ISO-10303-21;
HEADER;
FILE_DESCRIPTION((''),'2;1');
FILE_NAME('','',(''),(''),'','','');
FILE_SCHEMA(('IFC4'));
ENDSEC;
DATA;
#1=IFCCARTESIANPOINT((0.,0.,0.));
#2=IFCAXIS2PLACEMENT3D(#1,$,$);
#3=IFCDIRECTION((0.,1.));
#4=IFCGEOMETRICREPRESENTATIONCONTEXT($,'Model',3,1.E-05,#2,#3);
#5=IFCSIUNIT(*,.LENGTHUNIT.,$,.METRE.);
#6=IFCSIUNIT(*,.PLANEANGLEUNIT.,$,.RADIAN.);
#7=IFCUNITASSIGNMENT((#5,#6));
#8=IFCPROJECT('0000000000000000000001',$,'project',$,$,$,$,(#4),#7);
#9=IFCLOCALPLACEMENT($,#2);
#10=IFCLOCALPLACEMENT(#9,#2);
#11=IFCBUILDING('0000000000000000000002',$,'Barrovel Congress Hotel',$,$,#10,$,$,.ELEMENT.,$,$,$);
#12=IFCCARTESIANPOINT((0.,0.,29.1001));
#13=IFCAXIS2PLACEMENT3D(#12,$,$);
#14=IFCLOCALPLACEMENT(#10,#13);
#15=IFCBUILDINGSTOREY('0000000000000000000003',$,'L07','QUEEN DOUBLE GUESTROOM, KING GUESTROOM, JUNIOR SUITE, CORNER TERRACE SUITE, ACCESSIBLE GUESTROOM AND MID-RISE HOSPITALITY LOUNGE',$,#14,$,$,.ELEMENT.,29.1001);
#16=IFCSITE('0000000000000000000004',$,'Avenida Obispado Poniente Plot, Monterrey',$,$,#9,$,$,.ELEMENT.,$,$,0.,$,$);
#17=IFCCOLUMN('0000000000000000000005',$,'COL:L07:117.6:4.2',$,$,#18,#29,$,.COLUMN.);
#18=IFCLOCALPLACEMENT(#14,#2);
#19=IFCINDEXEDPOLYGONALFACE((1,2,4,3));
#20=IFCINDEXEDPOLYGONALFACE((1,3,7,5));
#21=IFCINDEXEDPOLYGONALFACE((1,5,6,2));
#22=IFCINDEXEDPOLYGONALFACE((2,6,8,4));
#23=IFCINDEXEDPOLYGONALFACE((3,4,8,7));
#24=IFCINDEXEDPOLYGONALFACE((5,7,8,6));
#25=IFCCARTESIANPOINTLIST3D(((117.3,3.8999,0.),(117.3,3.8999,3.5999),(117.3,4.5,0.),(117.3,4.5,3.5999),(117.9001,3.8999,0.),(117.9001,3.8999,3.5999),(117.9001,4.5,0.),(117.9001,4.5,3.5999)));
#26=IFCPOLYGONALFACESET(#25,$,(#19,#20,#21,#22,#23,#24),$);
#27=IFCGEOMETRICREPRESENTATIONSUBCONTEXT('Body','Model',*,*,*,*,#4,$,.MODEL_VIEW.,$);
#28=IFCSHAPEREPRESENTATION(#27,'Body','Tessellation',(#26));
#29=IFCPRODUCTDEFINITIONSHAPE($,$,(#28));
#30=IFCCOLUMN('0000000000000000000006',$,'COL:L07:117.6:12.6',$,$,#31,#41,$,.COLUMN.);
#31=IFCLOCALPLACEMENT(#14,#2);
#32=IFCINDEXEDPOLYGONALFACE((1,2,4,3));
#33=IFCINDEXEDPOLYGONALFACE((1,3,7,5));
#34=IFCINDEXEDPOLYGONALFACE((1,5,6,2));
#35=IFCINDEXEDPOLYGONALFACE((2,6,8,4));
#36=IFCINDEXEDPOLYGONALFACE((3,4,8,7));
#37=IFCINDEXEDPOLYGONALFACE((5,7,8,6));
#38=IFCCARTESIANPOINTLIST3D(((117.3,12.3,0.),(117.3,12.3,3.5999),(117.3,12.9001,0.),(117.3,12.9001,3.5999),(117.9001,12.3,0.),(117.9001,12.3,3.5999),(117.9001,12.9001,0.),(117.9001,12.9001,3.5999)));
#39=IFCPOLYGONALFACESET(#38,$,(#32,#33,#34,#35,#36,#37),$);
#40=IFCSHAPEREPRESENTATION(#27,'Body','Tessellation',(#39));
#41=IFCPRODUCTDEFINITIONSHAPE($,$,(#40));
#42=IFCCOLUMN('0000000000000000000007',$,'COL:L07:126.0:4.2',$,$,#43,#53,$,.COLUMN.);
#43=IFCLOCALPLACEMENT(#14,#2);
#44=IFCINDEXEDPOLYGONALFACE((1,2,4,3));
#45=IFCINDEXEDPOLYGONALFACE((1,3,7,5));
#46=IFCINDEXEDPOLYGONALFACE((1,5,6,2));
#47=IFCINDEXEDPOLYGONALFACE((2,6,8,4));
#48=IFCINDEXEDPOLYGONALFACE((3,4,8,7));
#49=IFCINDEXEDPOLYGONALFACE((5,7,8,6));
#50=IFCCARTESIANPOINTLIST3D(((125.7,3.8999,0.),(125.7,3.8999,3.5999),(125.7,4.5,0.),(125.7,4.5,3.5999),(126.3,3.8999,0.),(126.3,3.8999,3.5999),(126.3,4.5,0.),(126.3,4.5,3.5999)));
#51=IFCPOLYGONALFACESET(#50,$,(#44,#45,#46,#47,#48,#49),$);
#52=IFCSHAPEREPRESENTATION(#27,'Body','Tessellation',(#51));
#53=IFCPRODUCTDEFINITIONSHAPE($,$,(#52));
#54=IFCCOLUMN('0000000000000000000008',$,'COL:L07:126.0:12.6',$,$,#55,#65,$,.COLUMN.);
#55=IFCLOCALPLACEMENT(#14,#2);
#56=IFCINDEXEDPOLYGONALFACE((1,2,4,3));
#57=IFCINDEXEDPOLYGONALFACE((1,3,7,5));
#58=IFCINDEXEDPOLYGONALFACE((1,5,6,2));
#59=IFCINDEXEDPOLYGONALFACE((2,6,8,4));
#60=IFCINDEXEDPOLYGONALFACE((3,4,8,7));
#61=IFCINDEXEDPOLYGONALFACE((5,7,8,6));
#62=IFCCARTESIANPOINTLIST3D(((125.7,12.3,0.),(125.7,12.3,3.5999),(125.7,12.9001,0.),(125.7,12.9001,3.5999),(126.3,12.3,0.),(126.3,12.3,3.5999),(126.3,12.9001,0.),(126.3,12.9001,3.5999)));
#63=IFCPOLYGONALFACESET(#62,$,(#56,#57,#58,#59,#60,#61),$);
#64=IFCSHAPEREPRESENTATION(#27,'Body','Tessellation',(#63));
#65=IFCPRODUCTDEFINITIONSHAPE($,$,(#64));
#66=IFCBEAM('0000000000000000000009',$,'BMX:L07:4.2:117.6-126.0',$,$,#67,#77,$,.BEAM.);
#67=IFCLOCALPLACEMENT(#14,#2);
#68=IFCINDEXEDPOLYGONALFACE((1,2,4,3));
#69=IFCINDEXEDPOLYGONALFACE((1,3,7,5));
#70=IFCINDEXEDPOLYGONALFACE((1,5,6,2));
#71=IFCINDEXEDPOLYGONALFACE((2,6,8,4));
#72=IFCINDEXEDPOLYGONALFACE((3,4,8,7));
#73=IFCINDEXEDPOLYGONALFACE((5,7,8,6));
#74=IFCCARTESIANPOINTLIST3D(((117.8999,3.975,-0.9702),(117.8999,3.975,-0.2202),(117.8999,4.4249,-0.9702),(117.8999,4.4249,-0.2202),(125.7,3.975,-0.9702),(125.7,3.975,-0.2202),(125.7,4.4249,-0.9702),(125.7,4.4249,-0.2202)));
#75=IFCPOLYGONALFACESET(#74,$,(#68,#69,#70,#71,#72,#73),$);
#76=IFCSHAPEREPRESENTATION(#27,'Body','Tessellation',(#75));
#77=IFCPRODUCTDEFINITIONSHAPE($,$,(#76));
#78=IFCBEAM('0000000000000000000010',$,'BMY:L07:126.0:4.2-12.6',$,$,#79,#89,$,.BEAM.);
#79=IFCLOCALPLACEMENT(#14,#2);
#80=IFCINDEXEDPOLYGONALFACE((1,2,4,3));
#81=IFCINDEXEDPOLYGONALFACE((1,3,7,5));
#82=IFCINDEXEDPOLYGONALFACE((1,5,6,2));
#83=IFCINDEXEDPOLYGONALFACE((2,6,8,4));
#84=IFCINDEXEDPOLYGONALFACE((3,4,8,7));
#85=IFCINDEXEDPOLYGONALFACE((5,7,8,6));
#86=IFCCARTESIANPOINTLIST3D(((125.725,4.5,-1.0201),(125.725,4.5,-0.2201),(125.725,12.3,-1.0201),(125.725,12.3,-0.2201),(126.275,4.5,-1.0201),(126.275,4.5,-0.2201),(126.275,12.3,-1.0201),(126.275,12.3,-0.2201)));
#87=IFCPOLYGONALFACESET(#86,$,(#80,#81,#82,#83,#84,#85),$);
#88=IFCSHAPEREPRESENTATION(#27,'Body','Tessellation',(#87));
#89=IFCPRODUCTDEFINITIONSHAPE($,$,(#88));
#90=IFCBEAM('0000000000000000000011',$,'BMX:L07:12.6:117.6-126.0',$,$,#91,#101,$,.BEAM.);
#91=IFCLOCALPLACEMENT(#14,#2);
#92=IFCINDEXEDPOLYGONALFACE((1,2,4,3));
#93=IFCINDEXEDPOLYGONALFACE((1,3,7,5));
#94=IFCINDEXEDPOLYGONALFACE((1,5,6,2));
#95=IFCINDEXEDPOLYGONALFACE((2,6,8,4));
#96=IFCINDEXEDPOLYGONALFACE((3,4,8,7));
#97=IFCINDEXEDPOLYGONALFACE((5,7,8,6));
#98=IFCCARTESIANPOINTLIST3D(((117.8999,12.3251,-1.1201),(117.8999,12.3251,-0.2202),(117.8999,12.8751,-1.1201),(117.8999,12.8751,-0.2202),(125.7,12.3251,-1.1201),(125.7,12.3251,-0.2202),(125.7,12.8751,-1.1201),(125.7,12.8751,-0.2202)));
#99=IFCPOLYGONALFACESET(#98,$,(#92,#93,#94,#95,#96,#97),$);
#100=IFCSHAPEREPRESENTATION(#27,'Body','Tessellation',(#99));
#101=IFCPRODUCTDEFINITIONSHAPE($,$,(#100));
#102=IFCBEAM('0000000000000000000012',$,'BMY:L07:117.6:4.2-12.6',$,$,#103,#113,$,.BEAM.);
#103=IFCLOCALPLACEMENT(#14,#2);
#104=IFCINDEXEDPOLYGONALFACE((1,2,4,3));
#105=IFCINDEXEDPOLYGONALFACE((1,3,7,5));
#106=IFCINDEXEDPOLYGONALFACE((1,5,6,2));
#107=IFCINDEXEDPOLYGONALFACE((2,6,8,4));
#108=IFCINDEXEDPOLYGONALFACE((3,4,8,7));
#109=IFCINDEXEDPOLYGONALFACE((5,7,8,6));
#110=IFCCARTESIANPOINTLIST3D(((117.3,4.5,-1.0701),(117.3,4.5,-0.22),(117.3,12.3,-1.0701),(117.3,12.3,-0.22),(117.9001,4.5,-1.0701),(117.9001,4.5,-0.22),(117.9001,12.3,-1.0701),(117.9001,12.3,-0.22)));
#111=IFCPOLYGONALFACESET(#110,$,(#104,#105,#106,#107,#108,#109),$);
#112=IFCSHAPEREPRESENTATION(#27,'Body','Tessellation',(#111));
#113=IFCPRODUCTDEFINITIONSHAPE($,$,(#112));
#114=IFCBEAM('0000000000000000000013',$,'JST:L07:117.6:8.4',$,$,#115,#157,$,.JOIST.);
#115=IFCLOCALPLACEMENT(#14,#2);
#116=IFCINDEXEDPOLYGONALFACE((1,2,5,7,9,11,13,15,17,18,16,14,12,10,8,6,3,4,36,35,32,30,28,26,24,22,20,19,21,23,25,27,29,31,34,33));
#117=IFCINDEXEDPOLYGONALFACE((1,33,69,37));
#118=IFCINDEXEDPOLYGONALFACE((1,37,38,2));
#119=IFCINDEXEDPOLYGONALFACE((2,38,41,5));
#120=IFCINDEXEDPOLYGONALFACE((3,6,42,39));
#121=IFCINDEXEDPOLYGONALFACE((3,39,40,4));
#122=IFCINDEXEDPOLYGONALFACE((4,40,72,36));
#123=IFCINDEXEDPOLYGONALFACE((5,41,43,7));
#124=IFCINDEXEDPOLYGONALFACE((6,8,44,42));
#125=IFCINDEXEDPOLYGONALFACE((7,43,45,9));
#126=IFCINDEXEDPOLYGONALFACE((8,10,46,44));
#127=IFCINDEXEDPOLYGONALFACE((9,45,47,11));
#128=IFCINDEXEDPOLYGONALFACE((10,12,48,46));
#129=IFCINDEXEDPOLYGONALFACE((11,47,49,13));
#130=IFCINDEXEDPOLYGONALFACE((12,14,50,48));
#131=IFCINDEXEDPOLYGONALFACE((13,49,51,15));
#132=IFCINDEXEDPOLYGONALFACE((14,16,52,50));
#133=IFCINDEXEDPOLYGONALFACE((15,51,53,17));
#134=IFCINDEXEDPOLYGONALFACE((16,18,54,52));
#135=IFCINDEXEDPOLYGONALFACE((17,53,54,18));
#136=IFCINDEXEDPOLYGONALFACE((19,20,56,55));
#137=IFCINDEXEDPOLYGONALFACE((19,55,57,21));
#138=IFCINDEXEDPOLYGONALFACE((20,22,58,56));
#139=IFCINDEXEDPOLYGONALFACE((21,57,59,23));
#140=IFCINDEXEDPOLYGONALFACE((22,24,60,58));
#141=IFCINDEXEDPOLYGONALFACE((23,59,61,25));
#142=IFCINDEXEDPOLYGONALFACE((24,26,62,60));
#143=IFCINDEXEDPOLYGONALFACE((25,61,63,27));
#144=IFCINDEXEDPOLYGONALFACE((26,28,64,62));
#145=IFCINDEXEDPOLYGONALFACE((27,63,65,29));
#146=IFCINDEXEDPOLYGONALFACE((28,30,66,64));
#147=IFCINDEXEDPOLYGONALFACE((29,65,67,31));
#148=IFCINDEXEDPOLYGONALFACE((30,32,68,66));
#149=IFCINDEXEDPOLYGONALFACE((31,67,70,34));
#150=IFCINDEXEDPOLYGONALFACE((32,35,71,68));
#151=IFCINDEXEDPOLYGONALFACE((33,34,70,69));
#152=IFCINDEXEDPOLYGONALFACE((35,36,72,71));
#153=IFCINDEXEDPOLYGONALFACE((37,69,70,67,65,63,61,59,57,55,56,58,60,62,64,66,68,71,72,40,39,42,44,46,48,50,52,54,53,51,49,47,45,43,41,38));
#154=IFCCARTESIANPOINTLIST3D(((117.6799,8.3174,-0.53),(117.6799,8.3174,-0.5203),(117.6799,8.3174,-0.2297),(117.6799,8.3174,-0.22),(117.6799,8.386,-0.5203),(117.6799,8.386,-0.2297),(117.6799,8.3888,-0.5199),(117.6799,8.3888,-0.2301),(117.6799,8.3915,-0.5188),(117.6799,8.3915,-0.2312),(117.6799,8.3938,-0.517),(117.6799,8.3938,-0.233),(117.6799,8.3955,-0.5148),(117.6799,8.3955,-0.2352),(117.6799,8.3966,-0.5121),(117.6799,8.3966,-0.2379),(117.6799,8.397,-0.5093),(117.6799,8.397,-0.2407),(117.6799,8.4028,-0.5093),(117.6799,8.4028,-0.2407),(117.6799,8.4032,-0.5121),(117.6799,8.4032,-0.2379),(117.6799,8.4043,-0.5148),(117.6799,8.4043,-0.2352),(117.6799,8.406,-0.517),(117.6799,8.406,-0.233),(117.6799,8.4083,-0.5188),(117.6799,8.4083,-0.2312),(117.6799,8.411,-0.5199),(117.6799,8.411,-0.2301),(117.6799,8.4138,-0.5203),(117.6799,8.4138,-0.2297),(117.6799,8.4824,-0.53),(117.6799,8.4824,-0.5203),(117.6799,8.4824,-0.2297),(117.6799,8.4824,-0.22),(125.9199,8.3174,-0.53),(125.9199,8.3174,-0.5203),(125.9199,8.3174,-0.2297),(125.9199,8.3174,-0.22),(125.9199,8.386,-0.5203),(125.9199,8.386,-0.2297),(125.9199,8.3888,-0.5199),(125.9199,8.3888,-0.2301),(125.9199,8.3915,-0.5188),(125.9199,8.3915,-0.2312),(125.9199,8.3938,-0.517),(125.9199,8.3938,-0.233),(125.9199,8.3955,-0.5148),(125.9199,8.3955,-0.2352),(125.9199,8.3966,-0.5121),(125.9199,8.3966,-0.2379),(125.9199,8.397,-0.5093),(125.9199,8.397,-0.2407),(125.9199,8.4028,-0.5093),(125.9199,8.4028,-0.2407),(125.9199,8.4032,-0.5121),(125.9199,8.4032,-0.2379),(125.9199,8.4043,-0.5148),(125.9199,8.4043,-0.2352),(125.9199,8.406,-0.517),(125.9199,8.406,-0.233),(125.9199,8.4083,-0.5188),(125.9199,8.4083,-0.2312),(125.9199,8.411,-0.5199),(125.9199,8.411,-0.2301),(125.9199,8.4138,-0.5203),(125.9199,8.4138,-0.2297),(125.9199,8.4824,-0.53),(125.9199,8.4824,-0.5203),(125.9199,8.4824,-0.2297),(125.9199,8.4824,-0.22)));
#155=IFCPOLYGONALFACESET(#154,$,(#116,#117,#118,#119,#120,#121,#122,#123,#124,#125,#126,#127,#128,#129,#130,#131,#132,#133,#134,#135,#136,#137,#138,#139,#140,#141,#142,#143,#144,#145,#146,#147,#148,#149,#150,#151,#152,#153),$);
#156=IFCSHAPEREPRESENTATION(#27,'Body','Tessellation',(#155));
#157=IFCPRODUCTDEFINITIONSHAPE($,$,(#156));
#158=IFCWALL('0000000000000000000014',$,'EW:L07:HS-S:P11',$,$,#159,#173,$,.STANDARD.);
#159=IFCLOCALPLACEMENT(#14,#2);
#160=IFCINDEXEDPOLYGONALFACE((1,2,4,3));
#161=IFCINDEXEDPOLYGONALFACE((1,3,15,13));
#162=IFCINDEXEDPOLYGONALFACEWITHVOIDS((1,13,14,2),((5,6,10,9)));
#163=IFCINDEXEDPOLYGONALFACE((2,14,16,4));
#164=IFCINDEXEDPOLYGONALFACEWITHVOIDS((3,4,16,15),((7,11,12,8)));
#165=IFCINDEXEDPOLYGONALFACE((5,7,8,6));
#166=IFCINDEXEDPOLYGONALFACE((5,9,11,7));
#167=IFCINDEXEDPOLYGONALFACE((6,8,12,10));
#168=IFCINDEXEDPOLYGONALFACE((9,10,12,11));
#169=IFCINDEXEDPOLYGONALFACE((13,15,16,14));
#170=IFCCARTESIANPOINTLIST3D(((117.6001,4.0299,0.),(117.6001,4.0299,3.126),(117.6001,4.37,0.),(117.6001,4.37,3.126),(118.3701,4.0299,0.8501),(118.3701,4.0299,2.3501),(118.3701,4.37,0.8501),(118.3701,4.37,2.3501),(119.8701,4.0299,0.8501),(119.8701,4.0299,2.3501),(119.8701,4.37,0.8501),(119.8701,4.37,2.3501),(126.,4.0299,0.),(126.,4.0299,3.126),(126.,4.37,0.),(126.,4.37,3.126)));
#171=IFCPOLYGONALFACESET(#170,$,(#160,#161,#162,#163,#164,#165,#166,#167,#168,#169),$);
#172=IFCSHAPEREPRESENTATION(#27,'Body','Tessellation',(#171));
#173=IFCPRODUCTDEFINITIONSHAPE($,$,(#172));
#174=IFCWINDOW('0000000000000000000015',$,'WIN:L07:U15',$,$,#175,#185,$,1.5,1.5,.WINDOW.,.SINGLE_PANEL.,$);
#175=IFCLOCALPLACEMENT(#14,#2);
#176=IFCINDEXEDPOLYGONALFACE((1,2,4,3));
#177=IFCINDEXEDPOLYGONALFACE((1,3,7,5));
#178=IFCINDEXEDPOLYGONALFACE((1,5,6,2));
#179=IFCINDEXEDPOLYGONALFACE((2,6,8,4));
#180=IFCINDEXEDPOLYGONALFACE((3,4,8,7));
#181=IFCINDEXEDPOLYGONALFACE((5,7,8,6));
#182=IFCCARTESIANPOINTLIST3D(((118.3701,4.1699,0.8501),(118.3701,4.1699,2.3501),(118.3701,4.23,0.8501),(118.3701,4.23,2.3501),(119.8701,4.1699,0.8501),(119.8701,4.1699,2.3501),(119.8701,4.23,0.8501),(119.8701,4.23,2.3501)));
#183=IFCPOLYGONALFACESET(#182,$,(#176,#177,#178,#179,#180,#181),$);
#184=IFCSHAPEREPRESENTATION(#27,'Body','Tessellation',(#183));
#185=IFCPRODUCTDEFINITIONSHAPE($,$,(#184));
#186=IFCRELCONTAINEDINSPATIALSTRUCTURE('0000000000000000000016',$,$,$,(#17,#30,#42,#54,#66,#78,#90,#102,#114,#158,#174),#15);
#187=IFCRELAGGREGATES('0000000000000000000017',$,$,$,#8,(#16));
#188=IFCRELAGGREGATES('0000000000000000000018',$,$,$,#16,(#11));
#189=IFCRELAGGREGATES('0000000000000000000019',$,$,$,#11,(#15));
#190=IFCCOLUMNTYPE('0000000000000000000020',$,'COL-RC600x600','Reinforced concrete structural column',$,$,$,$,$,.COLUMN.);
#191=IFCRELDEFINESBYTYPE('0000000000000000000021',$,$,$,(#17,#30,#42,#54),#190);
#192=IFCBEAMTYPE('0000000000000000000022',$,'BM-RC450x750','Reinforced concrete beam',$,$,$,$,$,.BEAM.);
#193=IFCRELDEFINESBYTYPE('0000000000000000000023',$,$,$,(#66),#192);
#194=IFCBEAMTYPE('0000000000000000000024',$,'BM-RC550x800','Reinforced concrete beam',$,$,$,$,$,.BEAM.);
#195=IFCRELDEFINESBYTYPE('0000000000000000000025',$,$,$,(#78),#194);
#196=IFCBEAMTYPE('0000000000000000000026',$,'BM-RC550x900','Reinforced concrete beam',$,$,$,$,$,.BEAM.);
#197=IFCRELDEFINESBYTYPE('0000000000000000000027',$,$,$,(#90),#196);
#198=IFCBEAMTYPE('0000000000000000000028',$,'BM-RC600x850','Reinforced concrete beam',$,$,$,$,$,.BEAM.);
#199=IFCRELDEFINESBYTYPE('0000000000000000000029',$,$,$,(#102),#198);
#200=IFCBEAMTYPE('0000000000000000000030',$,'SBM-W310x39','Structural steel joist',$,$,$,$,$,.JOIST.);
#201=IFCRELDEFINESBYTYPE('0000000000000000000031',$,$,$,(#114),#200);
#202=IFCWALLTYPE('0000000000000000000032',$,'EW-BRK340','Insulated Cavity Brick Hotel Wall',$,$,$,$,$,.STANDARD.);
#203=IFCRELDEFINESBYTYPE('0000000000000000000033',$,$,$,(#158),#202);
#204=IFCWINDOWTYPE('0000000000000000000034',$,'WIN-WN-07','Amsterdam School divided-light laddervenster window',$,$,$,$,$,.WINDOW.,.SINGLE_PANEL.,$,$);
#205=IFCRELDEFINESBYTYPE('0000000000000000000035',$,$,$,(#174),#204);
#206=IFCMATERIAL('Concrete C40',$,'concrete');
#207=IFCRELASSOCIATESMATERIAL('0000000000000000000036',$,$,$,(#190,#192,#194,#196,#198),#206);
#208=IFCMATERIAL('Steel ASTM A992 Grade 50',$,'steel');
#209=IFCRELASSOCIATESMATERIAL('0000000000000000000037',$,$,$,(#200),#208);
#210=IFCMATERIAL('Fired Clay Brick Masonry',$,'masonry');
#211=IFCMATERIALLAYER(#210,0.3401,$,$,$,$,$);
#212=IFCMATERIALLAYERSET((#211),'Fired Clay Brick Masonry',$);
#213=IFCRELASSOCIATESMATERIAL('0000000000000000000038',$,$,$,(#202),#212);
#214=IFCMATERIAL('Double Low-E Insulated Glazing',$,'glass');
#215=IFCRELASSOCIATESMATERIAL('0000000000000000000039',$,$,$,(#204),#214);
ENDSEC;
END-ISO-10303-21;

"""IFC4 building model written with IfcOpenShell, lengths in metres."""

from ifc_helpers import new_model, si_unit, direction, frame, frame_2d, origin, origin_2d, place, context, subcontext, project, spatial, rectangle, i_section, extrude, material, layer, layer_set, material_profile, profile_set, type_object, element, fill, save


model = new_model("IFC4")

# Units and contexts
model_context = context("Model", 3, precision=1e-05, world=origin(), true_north=direction((0.0, 1.0)))
body_context = subcontext(model_context, "Body", "Model", "MODEL_VIEW")
ifc_project = project(units=[si_unit("LENGTHUNIT", "METRE"), si_unit("PLANEANGLEUNIT", "RADIAN")], contexts=[model_context])

# Site, building, storey
site_placement = place(None, origin())
site = spatial("IfcSite", under=ifc_project, at=site_placement, Name="Avenida Obispado Poniente Plot, Monterrey", CompositionType="ELEMENT", RefElevation=0.0)
building_placement = place(site_placement, origin())
building = spatial("IfcBuilding", under=site, at=building_placement, Name="Barrovel Congress Hotel", CompositionType="ELEMENT")
storey_placement = place(building_placement, frame((0.0, 0.0, 29.1001)))
storey = spatial("IfcBuildingStorey", under=building, at=storey_placement, Name="L07", Description="QUEEN DOUBLE GUESTROOM, KING GUESTROOM, JUNIOR SUITE, CORNER TERRACE SUITE, ACCESSIBLE GUESTROOM AND MID-RISE HOSPITALITY LOUNGE", CompositionType="ELEMENT", Elevation=29.1001)

# Columns
ifc_material_1 = material(Name="Concrete C40", Category="concrete")
ifc_material_profile_1 = material_profile(ifc_material_1, rectangle(XDim=0.6001, YDim=0.6001, at=origin_2d()), Name="RC600x600")
ifc_profile_set_1 = profile_set([ifc_material_profile_1], Name="Concrete C40")
column_type = type_object("IfcColumnType", Name="COL-RC600x600", Description="Reinforced concrete structural column", PredefinedType="COLUMN", material=ifc_profile_set_1)
for number, where, z_axis, x_axis, name in (
    (1, (117.6001, 4.2, 0.0), (0.0, 0.0, 1.0), (1.0, 0.0, 0.0), "COL:L07:117.6:4.2"),
    (2, (117.6001, 12.6001, 0.0), (0.0, 0.0, 1.0), (1.0, 0.0, 0.0), "COL:L07:117.6:12.6"),
    (3, (126.0, 4.2, 0.0), (0.0, 0.0, 1.0), (1.0, 0.0, 0.0), "COL:L07:126.0:4.2"),
    (4, (126.0, 12.6001, 0.0), (0.0, 0.0, 1.0), (1.0, 0.0, 0.0), "COL:L07:126.0:12.6"),
):
    element("IfcColumn", number, at=place(storey_placement, frame(where, z_axis=z_axis, x_axis=x_axis)), inside=storey, type_object=column_type, Name=name, PredefinedType="COLUMN", context=body_context, shape_type="SweptSolid", body=[
        extrude(rectangle(XDim=0.6001, YDim=0.6001, at=origin_2d()), origin(), (0.0, 0.0, 1.0), 3.5999),
    ])

# Beams
ifc_material_profile_2 = material_profile(ifc_material_1, rectangle(XDim=0.45, YDim=0.75, at=origin_2d()), Name="RC450x750")
ifc_profile_set_2 = profile_set([ifc_material_profile_2], Name="Concrete C40")
beam_type_1 = type_object("IfcBeamType", Name="BM-RC450x750", Description="Reinforced concrete beam", PredefinedType="BEAM", material=ifc_profile_set_2)
beam_1_placement = place(storey_placement, frame((117.8999, 4.2, -0.5952), z_axis=(1.0, 0.0, 0.0), x_axis=(0.0, 1.0, 0.0)))
element("IfcBeam", 5, at=beam_1_placement, inside=storey, type_object=beam_type_1, Name="BMX:L07:4.2:117.6-126.0", PredefinedType="BEAM", context=body_context, shape_type="SweptSolid", body=[
    extrude(rectangle(XDim=0.45, YDim=0.75, at=origin_2d()), origin(), (0.0, 0.0, 1.0), 7.8),
])
ifc_material_profile_3 = material_profile(ifc_material_1, rectangle(XDim=0.55, YDim=0.8, at=origin_2d()), Name="RC550x800")
ifc_profile_set_3 = profile_set([ifc_material_profile_3], Name="Concrete C40")
beam_type_2 = type_object("IfcBeamType", Name="BM-RC550x800", Description="Reinforced concrete beam", PredefinedType="BEAM", material=ifc_profile_set_3)
beam_2_placement = place(storey_placement, frame((126.0, 4.5, -0.6201), z_axis=(0.0, 1.0, 0.0), x_axis=(-1.0, 0.0, 0.0)))
element("IfcBeam", 6, at=beam_2_placement, inside=storey, type_object=beam_type_2, Name="BMY:L07:126.0:4.2-12.6", PredefinedType="BEAM", context=body_context, shape_type="SweptSolid", body=[
    extrude(rectangle(XDim=0.55, YDim=0.8, at=origin_2d()), origin(), (0.0, 0.0, 1.0), 7.8),
])
ifc_material_profile_4 = material_profile(ifc_material_1, rectangle(XDim=0.55, YDim=0.8999, at=origin_2d()), Name="RC550x900")
ifc_profile_set_4 = profile_set([ifc_material_profile_4], Name="Concrete C40")
beam_type_3 = type_object("IfcBeamType", Name="BM-RC550x900", Description="Reinforced concrete beam", PredefinedType="BEAM", material=ifc_profile_set_4)
beam_3_placement = place(storey_placement, frame((117.8999, 12.6001, -0.6702), z_axis=(1.0, 0.0, 0.0), x_axis=(0.0, 1.0, 0.0)))
element("IfcBeam", 7, at=beam_3_placement, inside=storey, type_object=beam_type_3, Name="BMX:L07:12.6:117.6-126.0", PredefinedType="BEAM", context=body_context, shape_type="SweptSolid", body=[
    extrude(rectangle(XDim=0.55, YDim=0.8999, at=origin_2d()), origin(), (0.0, 0.0, 1.0), 7.8),
])
ifc_material_profile_5 = material_profile(ifc_material_1, rectangle(XDim=0.6001, YDim=0.8501, at=origin_2d()), Name="RC600x850")
ifc_profile_set_5 = profile_set([ifc_material_profile_5], Name="Concrete C40")
beam_type_4 = type_object("IfcBeamType", Name="BM-RC600x850", Description="Reinforced concrete beam", PredefinedType="BEAM", material=ifc_profile_set_5)
beam_4_placement = place(storey_placement, frame((117.6001, 4.5, -0.645), z_axis=(0.0, 1.0, 0.0), x_axis=(-1.0, 0.0, 0.0)))
element("IfcBeam", 8, at=beam_4_placement, inside=storey, type_object=beam_type_4, Name="BMY:L07:117.6:4.2-12.6", PredefinedType="BEAM", context=body_context, shape_type="SweptSolid", body=[
    extrude(rectangle(XDim=0.6001, YDim=0.8501, at=origin_2d()), origin(), (0.0, 0.0, 1.0), 7.8),
])
ifc_material_2 = material(Name="Steel ASTM A992 Grade 50", Category="steel")
ifc_material_profile_6 = material_profile(ifc_material_2, i_section(OverallWidth=0.165, OverallDepth=0.3101, WebThickness=0.0059, FlangeThickness=0.0098, FilletRadius=0.011, at=origin_2d()), Name="W310x39")
ifc_profile_set_6 = profile_set([ifc_material_profile_6], Name="Steel ASTM A992 Grade 50")
beam_type_5 = type_object("IfcBeamType", Name="SBM-W310x39", Description="Structural steel joist", PredefinedType="JOIST", material=ifc_profile_set_6)
beam_5_placement = place(storey_placement, frame((117.6799, 8.3999, -0.375), z_axis=(1.0, 0.0, 0.0), x_axis=(0.0, 1.0, 0.0)))
element("IfcBeam", 9, at=beam_5_placement, inside=storey, type_object=beam_type_5, Name="JST:L07:117.6:8.4", PredefinedType="JOIST", context=body_context, shape_type="SweptSolid", body=[
    extrude(i_section(OverallWidth=0.165, OverallDepth=0.3101, WebThickness=0.0059, FlangeThickness=0.0098, FilletRadius=0.011, at=origin_2d()), origin(), (0.0, 0.0, 1.0), 8.24),
])

# Wall, opening, window
ifc_material_3 = material(Name="Fired Clay Brick Masonry", Category="masonry")
ifc_layer_1 = layer(ifc_material_3, 0.3401)
ifc_layer_set_1 = layer_set([ifc_layer_1], Name="Fired Clay Brick Masonry")
wall_type_1 = type_object("IfcWallType", Name="EW-BRK340", Description="Insulated Cavity Brick Hotel Wall", PredefinedType="STANDARD", material=ifc_layer_set_1)
wall_1_placement = place(storey_placement, frame((117.6001, 4.2, 0.0), z_axis=(0.0, 0.0, 1.0), x_axis=(1.0, 0.0, 0.0)))
wall_1 = element("IfcWall", 10, at=wall_1_placement, inside=storey, type_object=wall_type_1, Name="EW:L07:HS-S:P11", PredefinedType="STANDARD", context=body_context, shape_type="SweptSolid", body=[
    extrude(rectangle(XDim=8.3999, YDim=0.3401, at=frame_2d((4.2, 0.0))), origin(), (0.0, 0.0, 1.0), 3.126),
])
opening_1_placement = place(wall_1_placement, frame((0.77, 0.0, 0.8501)))
opening_1 = element("IfcOpeningElement", 11, at=opening_1_placement, cuts=wall_1, PredefinedType="OPENING", context=body_context, shape_type="SweptSolid", body=[
    extrude(rectangle(XDim=1.5, YDim=1.5, at=frame_2d((0.75, 0.75))), frame((0.0, 0.1802, 0.0), z_axis=(0.0, -1.0, 0.0), x_axis=(1.0, 0.0, 0.0)), (0.0, 0.0, 1.0), 0.3601),
])
ifc_material_4 = material(Name="Double Low-E Insulated Glazing", Category="glass")
window_type = type_object("IfcWindowType", Name="WIN-WN-07", Description="Amsterdam School divided-light laddervenster window", PartitioningType="SINGLE_PANEL", PredefinedType="WINDOW", material=ifc_material_4)
window_placement = place(opening_1_placement, origin())
window = element("IfcWindow", 12, at=window_placement, inside=storey, type_object=window_type, Name="WIN:L07:U15", OverallHeight=1.5, OverallWidth=1.5, PartitioningType="SINGLE_PANEL", PredefinedType="WINDOW", context=body_context, shape_type="SweptSolid", body=[
    extrude(rectangle(XDim=1.5, YDim=1.5, at=frame_2d((0.75, 0.75))), frame((0.0, 0.03, 0.0), z_axis=(0.0, -1.0, 0.0), x_axis=(1.0, 0.0, 0.0)), (0.0, 0.0, 1.0), 0.0601),
])
fill(opening_1, window)

save(model, "model.ifc")
